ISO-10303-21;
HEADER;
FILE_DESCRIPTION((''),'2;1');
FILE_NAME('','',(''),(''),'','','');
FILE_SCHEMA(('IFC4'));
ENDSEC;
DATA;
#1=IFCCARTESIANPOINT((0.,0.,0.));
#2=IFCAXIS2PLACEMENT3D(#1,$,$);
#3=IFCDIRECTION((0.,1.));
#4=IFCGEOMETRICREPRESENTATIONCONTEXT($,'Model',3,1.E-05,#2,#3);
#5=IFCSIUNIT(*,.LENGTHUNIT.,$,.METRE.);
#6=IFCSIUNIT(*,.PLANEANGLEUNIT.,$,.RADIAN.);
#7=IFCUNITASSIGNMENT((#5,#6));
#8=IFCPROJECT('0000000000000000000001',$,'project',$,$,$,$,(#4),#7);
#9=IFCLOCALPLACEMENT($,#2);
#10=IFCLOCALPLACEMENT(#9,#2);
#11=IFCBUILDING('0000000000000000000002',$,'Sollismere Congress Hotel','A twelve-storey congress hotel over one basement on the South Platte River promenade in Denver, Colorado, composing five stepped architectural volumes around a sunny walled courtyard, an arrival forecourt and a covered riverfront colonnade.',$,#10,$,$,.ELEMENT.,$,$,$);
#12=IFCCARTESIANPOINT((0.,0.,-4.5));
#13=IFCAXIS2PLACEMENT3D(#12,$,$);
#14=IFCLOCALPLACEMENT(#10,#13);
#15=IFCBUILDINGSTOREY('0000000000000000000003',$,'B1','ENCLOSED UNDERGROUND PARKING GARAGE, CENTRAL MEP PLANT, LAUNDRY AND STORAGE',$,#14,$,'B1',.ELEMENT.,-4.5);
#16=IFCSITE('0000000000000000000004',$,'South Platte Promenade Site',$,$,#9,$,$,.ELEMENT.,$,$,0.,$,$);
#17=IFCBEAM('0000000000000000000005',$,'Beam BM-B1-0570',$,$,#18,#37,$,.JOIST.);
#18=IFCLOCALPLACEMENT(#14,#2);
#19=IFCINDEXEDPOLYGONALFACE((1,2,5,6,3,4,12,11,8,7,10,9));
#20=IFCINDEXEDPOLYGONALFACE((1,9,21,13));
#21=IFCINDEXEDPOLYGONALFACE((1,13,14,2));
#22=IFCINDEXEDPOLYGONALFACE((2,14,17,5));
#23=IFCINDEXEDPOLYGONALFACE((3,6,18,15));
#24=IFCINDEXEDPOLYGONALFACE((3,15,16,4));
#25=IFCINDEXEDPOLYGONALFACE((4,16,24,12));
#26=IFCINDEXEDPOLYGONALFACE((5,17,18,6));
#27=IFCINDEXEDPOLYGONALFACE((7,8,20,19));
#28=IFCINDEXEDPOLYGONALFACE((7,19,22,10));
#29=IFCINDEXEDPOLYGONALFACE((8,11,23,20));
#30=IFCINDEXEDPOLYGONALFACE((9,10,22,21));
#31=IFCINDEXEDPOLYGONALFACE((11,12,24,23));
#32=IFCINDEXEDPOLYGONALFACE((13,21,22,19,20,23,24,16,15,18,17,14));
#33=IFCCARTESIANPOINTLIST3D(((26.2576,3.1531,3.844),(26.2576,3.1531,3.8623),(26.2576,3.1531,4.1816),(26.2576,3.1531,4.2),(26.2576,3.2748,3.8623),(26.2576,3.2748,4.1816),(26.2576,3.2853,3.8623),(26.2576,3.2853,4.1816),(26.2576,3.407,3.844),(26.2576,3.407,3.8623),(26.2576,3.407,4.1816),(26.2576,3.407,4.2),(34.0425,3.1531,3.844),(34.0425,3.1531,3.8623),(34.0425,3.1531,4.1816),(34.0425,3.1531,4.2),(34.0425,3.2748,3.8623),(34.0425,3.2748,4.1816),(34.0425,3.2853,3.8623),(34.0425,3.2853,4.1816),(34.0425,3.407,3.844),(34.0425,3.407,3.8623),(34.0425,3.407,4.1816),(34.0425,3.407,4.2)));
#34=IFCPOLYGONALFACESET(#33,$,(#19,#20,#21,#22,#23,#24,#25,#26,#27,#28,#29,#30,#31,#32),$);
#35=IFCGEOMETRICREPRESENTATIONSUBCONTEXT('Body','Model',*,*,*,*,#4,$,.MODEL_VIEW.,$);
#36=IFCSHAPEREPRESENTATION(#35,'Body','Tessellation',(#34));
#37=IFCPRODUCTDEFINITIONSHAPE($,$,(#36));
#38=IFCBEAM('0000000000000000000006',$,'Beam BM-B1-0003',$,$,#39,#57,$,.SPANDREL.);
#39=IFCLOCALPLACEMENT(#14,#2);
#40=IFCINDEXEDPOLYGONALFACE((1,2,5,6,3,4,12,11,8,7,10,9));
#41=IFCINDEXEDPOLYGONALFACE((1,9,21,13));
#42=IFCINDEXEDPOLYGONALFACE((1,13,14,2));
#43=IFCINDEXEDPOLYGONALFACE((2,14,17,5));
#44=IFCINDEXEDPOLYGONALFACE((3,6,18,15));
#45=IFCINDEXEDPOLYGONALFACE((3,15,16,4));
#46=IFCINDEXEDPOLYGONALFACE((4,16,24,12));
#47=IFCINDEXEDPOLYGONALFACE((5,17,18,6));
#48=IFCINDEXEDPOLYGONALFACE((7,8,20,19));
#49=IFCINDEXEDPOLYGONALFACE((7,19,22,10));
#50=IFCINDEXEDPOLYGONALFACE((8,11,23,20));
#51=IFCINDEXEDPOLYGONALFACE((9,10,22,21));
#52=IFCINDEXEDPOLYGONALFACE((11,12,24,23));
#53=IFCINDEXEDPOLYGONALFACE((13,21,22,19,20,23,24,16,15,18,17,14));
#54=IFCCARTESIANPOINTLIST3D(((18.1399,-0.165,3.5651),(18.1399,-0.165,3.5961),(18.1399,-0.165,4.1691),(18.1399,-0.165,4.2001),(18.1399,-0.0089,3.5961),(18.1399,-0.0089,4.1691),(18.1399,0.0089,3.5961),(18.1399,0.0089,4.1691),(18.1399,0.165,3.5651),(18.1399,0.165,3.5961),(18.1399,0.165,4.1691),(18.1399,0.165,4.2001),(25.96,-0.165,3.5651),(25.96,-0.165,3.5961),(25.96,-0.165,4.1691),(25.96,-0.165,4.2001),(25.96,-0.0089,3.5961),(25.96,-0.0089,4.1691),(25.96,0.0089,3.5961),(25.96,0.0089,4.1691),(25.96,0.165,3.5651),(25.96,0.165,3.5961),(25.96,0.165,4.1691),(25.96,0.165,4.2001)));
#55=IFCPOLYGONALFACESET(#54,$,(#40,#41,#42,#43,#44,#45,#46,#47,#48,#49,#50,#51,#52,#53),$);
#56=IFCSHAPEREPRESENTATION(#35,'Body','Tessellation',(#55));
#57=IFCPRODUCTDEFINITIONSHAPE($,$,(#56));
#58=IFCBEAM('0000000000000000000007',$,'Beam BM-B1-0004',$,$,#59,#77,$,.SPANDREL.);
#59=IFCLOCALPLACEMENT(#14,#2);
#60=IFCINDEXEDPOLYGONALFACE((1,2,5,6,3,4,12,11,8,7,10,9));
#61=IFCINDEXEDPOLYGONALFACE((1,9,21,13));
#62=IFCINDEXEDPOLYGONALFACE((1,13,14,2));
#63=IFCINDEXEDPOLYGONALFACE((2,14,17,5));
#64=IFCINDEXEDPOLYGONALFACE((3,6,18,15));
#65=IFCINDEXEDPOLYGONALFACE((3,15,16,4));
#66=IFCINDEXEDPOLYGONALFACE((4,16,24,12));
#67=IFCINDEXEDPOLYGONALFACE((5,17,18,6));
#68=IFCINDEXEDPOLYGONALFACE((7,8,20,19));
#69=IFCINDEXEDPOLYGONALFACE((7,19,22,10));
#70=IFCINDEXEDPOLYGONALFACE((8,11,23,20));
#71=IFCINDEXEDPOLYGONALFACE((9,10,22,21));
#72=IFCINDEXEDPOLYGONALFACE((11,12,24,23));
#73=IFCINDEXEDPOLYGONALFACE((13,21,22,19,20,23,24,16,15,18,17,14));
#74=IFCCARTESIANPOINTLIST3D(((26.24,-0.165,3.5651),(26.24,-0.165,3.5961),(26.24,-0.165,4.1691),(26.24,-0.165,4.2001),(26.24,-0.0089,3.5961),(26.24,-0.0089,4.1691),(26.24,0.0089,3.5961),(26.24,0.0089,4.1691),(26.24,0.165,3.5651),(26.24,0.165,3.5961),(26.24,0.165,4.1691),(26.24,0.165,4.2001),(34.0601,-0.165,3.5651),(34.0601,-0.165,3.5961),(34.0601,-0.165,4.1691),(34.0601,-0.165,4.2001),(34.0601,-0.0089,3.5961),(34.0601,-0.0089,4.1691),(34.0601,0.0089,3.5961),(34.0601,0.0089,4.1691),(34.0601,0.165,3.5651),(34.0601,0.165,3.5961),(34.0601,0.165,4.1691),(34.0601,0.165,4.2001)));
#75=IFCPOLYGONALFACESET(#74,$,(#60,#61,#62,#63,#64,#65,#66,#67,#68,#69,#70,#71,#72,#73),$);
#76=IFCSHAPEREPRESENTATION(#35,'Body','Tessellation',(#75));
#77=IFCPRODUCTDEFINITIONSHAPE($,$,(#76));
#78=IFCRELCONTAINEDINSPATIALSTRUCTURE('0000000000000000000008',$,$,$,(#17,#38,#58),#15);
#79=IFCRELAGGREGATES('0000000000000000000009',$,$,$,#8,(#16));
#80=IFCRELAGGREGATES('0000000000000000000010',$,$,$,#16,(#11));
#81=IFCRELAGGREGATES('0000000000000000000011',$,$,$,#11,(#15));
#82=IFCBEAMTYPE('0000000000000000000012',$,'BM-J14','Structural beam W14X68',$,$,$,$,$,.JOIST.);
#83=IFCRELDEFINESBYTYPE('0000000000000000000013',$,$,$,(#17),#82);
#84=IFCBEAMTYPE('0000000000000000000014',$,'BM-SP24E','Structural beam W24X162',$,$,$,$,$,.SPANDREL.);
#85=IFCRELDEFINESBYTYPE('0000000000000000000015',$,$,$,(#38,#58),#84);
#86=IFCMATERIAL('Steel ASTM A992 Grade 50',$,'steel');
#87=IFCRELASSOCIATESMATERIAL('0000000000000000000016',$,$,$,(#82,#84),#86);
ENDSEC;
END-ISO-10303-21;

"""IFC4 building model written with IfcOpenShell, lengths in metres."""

from ifc_helpers import new_model, si_unit, direction, frame, origin, origin_2d, place, context, subcontext, project, spatial, i_section, extrude, material, material_profile, profile_set, type_object, element, save


model = new_model("IFC4")

# Units and contexts
model_context = context("Model", 3, precision=1e-05, world=origin(), true_north=direction((0.0, 1.0)))
body_context = subcontext(model_context, "Body", "Model", "MODEL_VIEW")
ifc_project = project(units=[si_unit("LENGTHUNIT", "METRE"), si_unit("PLANEANGLEUNIT", "RADIAN")], contexts=[model_context])

# Site, building, storey
site_placement = place(None, origin())
site = spatial("IfcSite", under=ifc_project, at=site_placement, Name="South Platte Promenade Site", CompositionType="ELEMENT", RefElevation=0.0)
building_placement = place(site_placement, origin())
building = spatial("IfcBuilding", under=site, at=building_placement, Name="Sollismere Congress Hotel", Description="A twelve-storey congress hotel over one basement on the South Platte River promenade in Denver, Colorado, composing five stepped architectural volumes around a sunny walled courtyard, an arrival forecourt and a covered riverfront colonnade.", CompositionType="ELEMENT")
storey_placement = place(building_placement, frame((0.0, 0.0, -4.5)))
storey = spatial("IfcBuildingStorey", under=building, at=storey_placement, Name="B1", Description="ENCLOSED UNDERGROUND PARKING GARAGE, CENTRAL MEP PLANT, LAUNDRY AND STORAGE", LongName="B1", CompositionType="ELEMENT", Elevation=-4.5)

# Beams
ifc_material_1 = material(Name="Steel ASTM A992 Grade 50", Category="steel")
ifc_material_profile_1 = material_profile(ifc_material_1, i_section(OverallWidth=0.2539, OverallDepth=0.356, WebThickness=0.0105, FlangeThickness=0.0183, at=origin_2d()), Name="W14X68")
ifc_profile_set_1 = profile_set([ifc_material_profile_1], Name="Steel ASTM A992 Grade 50")
beam_type_1 = type_object("IfcBeamType", Name="BM-J14", Description="Structural beam W14X68", PredefinedType="JOIST", material=ifc_profile_set_1)
for number, where, z_axis, x_axis, name in (
    (1, (26.2576, 3.28, 4.022), (1.0, 0.0, 0.0), (0.0, 1.0, 0.0), "Beam BM-B1-0570"),
):
    element("IfcBeam", number, at=place(storey_placement, frame(where, z_axis=z_axis, x_axis=x_axis)), inside=storey, type_object=beam_type_1, Name=name, PredefinedType="JOIST", context=body_context, shape_type="SweptSolid", body=[
        extrude(i_section(OverallWidth=0.2539, OverallDepth=0.356, WebThickness=0.0105, FlangeThickness=0.0183, at=origin_2d()), origin(), (0.0, 0.0, 1.0), 7.7849),
    ])
ifc_material_profile_2 = material_profile(ifc_material_1, i_section(OverallWidth=0.3301, OverallDepth=0.635, WebThickness=0.0178, FlangeThickness=0.031, at=origin_2d()), Name="W24X162")
ifc_profile_set_2 = profile_set([ifc_material_profile_2], Name="Steel ASTM A992 Grade 50")
beam_type_2 = type_object("IfcBeamType", Name="BM-SP24E", Description="Structural beam W24X162", PredefinedType="SPANDREL", material=ifc_profile_set_2)
for number, where, z_axis, x_axis, name in (
    (2, (18.1399, 0.0, 3.8826), (1.0, 0.0, 0.0), (0.0, 1.0, 0.0), "Beam BM-B1-0003"),
    (3, (26.24, 0.0, 3.8826), (1.0, 0.0, 0.0), (0.0, 1.0, 0.0), "Beam BM-B1-0004"),
):
    element("IfcBeam", number, at=place(storey_placement, frame(where, z_axis=z_axis, x_axis=x_axis)), inside=storey, type_object=beam_type_2, Name=name, PredefinedType="SPANDREL", context=body_context, shape_type="SweptSolid", body=[
        extrude(i_section(OverallWidth=0.3301, OverallDepth=0.635, WebThickness=0.0178, FlangeThickness=0.031, at=origin_2d()), origin(), (0.0, 0.0, 1.0), 7.8201),
    ])

save(model, "model.ifc")
